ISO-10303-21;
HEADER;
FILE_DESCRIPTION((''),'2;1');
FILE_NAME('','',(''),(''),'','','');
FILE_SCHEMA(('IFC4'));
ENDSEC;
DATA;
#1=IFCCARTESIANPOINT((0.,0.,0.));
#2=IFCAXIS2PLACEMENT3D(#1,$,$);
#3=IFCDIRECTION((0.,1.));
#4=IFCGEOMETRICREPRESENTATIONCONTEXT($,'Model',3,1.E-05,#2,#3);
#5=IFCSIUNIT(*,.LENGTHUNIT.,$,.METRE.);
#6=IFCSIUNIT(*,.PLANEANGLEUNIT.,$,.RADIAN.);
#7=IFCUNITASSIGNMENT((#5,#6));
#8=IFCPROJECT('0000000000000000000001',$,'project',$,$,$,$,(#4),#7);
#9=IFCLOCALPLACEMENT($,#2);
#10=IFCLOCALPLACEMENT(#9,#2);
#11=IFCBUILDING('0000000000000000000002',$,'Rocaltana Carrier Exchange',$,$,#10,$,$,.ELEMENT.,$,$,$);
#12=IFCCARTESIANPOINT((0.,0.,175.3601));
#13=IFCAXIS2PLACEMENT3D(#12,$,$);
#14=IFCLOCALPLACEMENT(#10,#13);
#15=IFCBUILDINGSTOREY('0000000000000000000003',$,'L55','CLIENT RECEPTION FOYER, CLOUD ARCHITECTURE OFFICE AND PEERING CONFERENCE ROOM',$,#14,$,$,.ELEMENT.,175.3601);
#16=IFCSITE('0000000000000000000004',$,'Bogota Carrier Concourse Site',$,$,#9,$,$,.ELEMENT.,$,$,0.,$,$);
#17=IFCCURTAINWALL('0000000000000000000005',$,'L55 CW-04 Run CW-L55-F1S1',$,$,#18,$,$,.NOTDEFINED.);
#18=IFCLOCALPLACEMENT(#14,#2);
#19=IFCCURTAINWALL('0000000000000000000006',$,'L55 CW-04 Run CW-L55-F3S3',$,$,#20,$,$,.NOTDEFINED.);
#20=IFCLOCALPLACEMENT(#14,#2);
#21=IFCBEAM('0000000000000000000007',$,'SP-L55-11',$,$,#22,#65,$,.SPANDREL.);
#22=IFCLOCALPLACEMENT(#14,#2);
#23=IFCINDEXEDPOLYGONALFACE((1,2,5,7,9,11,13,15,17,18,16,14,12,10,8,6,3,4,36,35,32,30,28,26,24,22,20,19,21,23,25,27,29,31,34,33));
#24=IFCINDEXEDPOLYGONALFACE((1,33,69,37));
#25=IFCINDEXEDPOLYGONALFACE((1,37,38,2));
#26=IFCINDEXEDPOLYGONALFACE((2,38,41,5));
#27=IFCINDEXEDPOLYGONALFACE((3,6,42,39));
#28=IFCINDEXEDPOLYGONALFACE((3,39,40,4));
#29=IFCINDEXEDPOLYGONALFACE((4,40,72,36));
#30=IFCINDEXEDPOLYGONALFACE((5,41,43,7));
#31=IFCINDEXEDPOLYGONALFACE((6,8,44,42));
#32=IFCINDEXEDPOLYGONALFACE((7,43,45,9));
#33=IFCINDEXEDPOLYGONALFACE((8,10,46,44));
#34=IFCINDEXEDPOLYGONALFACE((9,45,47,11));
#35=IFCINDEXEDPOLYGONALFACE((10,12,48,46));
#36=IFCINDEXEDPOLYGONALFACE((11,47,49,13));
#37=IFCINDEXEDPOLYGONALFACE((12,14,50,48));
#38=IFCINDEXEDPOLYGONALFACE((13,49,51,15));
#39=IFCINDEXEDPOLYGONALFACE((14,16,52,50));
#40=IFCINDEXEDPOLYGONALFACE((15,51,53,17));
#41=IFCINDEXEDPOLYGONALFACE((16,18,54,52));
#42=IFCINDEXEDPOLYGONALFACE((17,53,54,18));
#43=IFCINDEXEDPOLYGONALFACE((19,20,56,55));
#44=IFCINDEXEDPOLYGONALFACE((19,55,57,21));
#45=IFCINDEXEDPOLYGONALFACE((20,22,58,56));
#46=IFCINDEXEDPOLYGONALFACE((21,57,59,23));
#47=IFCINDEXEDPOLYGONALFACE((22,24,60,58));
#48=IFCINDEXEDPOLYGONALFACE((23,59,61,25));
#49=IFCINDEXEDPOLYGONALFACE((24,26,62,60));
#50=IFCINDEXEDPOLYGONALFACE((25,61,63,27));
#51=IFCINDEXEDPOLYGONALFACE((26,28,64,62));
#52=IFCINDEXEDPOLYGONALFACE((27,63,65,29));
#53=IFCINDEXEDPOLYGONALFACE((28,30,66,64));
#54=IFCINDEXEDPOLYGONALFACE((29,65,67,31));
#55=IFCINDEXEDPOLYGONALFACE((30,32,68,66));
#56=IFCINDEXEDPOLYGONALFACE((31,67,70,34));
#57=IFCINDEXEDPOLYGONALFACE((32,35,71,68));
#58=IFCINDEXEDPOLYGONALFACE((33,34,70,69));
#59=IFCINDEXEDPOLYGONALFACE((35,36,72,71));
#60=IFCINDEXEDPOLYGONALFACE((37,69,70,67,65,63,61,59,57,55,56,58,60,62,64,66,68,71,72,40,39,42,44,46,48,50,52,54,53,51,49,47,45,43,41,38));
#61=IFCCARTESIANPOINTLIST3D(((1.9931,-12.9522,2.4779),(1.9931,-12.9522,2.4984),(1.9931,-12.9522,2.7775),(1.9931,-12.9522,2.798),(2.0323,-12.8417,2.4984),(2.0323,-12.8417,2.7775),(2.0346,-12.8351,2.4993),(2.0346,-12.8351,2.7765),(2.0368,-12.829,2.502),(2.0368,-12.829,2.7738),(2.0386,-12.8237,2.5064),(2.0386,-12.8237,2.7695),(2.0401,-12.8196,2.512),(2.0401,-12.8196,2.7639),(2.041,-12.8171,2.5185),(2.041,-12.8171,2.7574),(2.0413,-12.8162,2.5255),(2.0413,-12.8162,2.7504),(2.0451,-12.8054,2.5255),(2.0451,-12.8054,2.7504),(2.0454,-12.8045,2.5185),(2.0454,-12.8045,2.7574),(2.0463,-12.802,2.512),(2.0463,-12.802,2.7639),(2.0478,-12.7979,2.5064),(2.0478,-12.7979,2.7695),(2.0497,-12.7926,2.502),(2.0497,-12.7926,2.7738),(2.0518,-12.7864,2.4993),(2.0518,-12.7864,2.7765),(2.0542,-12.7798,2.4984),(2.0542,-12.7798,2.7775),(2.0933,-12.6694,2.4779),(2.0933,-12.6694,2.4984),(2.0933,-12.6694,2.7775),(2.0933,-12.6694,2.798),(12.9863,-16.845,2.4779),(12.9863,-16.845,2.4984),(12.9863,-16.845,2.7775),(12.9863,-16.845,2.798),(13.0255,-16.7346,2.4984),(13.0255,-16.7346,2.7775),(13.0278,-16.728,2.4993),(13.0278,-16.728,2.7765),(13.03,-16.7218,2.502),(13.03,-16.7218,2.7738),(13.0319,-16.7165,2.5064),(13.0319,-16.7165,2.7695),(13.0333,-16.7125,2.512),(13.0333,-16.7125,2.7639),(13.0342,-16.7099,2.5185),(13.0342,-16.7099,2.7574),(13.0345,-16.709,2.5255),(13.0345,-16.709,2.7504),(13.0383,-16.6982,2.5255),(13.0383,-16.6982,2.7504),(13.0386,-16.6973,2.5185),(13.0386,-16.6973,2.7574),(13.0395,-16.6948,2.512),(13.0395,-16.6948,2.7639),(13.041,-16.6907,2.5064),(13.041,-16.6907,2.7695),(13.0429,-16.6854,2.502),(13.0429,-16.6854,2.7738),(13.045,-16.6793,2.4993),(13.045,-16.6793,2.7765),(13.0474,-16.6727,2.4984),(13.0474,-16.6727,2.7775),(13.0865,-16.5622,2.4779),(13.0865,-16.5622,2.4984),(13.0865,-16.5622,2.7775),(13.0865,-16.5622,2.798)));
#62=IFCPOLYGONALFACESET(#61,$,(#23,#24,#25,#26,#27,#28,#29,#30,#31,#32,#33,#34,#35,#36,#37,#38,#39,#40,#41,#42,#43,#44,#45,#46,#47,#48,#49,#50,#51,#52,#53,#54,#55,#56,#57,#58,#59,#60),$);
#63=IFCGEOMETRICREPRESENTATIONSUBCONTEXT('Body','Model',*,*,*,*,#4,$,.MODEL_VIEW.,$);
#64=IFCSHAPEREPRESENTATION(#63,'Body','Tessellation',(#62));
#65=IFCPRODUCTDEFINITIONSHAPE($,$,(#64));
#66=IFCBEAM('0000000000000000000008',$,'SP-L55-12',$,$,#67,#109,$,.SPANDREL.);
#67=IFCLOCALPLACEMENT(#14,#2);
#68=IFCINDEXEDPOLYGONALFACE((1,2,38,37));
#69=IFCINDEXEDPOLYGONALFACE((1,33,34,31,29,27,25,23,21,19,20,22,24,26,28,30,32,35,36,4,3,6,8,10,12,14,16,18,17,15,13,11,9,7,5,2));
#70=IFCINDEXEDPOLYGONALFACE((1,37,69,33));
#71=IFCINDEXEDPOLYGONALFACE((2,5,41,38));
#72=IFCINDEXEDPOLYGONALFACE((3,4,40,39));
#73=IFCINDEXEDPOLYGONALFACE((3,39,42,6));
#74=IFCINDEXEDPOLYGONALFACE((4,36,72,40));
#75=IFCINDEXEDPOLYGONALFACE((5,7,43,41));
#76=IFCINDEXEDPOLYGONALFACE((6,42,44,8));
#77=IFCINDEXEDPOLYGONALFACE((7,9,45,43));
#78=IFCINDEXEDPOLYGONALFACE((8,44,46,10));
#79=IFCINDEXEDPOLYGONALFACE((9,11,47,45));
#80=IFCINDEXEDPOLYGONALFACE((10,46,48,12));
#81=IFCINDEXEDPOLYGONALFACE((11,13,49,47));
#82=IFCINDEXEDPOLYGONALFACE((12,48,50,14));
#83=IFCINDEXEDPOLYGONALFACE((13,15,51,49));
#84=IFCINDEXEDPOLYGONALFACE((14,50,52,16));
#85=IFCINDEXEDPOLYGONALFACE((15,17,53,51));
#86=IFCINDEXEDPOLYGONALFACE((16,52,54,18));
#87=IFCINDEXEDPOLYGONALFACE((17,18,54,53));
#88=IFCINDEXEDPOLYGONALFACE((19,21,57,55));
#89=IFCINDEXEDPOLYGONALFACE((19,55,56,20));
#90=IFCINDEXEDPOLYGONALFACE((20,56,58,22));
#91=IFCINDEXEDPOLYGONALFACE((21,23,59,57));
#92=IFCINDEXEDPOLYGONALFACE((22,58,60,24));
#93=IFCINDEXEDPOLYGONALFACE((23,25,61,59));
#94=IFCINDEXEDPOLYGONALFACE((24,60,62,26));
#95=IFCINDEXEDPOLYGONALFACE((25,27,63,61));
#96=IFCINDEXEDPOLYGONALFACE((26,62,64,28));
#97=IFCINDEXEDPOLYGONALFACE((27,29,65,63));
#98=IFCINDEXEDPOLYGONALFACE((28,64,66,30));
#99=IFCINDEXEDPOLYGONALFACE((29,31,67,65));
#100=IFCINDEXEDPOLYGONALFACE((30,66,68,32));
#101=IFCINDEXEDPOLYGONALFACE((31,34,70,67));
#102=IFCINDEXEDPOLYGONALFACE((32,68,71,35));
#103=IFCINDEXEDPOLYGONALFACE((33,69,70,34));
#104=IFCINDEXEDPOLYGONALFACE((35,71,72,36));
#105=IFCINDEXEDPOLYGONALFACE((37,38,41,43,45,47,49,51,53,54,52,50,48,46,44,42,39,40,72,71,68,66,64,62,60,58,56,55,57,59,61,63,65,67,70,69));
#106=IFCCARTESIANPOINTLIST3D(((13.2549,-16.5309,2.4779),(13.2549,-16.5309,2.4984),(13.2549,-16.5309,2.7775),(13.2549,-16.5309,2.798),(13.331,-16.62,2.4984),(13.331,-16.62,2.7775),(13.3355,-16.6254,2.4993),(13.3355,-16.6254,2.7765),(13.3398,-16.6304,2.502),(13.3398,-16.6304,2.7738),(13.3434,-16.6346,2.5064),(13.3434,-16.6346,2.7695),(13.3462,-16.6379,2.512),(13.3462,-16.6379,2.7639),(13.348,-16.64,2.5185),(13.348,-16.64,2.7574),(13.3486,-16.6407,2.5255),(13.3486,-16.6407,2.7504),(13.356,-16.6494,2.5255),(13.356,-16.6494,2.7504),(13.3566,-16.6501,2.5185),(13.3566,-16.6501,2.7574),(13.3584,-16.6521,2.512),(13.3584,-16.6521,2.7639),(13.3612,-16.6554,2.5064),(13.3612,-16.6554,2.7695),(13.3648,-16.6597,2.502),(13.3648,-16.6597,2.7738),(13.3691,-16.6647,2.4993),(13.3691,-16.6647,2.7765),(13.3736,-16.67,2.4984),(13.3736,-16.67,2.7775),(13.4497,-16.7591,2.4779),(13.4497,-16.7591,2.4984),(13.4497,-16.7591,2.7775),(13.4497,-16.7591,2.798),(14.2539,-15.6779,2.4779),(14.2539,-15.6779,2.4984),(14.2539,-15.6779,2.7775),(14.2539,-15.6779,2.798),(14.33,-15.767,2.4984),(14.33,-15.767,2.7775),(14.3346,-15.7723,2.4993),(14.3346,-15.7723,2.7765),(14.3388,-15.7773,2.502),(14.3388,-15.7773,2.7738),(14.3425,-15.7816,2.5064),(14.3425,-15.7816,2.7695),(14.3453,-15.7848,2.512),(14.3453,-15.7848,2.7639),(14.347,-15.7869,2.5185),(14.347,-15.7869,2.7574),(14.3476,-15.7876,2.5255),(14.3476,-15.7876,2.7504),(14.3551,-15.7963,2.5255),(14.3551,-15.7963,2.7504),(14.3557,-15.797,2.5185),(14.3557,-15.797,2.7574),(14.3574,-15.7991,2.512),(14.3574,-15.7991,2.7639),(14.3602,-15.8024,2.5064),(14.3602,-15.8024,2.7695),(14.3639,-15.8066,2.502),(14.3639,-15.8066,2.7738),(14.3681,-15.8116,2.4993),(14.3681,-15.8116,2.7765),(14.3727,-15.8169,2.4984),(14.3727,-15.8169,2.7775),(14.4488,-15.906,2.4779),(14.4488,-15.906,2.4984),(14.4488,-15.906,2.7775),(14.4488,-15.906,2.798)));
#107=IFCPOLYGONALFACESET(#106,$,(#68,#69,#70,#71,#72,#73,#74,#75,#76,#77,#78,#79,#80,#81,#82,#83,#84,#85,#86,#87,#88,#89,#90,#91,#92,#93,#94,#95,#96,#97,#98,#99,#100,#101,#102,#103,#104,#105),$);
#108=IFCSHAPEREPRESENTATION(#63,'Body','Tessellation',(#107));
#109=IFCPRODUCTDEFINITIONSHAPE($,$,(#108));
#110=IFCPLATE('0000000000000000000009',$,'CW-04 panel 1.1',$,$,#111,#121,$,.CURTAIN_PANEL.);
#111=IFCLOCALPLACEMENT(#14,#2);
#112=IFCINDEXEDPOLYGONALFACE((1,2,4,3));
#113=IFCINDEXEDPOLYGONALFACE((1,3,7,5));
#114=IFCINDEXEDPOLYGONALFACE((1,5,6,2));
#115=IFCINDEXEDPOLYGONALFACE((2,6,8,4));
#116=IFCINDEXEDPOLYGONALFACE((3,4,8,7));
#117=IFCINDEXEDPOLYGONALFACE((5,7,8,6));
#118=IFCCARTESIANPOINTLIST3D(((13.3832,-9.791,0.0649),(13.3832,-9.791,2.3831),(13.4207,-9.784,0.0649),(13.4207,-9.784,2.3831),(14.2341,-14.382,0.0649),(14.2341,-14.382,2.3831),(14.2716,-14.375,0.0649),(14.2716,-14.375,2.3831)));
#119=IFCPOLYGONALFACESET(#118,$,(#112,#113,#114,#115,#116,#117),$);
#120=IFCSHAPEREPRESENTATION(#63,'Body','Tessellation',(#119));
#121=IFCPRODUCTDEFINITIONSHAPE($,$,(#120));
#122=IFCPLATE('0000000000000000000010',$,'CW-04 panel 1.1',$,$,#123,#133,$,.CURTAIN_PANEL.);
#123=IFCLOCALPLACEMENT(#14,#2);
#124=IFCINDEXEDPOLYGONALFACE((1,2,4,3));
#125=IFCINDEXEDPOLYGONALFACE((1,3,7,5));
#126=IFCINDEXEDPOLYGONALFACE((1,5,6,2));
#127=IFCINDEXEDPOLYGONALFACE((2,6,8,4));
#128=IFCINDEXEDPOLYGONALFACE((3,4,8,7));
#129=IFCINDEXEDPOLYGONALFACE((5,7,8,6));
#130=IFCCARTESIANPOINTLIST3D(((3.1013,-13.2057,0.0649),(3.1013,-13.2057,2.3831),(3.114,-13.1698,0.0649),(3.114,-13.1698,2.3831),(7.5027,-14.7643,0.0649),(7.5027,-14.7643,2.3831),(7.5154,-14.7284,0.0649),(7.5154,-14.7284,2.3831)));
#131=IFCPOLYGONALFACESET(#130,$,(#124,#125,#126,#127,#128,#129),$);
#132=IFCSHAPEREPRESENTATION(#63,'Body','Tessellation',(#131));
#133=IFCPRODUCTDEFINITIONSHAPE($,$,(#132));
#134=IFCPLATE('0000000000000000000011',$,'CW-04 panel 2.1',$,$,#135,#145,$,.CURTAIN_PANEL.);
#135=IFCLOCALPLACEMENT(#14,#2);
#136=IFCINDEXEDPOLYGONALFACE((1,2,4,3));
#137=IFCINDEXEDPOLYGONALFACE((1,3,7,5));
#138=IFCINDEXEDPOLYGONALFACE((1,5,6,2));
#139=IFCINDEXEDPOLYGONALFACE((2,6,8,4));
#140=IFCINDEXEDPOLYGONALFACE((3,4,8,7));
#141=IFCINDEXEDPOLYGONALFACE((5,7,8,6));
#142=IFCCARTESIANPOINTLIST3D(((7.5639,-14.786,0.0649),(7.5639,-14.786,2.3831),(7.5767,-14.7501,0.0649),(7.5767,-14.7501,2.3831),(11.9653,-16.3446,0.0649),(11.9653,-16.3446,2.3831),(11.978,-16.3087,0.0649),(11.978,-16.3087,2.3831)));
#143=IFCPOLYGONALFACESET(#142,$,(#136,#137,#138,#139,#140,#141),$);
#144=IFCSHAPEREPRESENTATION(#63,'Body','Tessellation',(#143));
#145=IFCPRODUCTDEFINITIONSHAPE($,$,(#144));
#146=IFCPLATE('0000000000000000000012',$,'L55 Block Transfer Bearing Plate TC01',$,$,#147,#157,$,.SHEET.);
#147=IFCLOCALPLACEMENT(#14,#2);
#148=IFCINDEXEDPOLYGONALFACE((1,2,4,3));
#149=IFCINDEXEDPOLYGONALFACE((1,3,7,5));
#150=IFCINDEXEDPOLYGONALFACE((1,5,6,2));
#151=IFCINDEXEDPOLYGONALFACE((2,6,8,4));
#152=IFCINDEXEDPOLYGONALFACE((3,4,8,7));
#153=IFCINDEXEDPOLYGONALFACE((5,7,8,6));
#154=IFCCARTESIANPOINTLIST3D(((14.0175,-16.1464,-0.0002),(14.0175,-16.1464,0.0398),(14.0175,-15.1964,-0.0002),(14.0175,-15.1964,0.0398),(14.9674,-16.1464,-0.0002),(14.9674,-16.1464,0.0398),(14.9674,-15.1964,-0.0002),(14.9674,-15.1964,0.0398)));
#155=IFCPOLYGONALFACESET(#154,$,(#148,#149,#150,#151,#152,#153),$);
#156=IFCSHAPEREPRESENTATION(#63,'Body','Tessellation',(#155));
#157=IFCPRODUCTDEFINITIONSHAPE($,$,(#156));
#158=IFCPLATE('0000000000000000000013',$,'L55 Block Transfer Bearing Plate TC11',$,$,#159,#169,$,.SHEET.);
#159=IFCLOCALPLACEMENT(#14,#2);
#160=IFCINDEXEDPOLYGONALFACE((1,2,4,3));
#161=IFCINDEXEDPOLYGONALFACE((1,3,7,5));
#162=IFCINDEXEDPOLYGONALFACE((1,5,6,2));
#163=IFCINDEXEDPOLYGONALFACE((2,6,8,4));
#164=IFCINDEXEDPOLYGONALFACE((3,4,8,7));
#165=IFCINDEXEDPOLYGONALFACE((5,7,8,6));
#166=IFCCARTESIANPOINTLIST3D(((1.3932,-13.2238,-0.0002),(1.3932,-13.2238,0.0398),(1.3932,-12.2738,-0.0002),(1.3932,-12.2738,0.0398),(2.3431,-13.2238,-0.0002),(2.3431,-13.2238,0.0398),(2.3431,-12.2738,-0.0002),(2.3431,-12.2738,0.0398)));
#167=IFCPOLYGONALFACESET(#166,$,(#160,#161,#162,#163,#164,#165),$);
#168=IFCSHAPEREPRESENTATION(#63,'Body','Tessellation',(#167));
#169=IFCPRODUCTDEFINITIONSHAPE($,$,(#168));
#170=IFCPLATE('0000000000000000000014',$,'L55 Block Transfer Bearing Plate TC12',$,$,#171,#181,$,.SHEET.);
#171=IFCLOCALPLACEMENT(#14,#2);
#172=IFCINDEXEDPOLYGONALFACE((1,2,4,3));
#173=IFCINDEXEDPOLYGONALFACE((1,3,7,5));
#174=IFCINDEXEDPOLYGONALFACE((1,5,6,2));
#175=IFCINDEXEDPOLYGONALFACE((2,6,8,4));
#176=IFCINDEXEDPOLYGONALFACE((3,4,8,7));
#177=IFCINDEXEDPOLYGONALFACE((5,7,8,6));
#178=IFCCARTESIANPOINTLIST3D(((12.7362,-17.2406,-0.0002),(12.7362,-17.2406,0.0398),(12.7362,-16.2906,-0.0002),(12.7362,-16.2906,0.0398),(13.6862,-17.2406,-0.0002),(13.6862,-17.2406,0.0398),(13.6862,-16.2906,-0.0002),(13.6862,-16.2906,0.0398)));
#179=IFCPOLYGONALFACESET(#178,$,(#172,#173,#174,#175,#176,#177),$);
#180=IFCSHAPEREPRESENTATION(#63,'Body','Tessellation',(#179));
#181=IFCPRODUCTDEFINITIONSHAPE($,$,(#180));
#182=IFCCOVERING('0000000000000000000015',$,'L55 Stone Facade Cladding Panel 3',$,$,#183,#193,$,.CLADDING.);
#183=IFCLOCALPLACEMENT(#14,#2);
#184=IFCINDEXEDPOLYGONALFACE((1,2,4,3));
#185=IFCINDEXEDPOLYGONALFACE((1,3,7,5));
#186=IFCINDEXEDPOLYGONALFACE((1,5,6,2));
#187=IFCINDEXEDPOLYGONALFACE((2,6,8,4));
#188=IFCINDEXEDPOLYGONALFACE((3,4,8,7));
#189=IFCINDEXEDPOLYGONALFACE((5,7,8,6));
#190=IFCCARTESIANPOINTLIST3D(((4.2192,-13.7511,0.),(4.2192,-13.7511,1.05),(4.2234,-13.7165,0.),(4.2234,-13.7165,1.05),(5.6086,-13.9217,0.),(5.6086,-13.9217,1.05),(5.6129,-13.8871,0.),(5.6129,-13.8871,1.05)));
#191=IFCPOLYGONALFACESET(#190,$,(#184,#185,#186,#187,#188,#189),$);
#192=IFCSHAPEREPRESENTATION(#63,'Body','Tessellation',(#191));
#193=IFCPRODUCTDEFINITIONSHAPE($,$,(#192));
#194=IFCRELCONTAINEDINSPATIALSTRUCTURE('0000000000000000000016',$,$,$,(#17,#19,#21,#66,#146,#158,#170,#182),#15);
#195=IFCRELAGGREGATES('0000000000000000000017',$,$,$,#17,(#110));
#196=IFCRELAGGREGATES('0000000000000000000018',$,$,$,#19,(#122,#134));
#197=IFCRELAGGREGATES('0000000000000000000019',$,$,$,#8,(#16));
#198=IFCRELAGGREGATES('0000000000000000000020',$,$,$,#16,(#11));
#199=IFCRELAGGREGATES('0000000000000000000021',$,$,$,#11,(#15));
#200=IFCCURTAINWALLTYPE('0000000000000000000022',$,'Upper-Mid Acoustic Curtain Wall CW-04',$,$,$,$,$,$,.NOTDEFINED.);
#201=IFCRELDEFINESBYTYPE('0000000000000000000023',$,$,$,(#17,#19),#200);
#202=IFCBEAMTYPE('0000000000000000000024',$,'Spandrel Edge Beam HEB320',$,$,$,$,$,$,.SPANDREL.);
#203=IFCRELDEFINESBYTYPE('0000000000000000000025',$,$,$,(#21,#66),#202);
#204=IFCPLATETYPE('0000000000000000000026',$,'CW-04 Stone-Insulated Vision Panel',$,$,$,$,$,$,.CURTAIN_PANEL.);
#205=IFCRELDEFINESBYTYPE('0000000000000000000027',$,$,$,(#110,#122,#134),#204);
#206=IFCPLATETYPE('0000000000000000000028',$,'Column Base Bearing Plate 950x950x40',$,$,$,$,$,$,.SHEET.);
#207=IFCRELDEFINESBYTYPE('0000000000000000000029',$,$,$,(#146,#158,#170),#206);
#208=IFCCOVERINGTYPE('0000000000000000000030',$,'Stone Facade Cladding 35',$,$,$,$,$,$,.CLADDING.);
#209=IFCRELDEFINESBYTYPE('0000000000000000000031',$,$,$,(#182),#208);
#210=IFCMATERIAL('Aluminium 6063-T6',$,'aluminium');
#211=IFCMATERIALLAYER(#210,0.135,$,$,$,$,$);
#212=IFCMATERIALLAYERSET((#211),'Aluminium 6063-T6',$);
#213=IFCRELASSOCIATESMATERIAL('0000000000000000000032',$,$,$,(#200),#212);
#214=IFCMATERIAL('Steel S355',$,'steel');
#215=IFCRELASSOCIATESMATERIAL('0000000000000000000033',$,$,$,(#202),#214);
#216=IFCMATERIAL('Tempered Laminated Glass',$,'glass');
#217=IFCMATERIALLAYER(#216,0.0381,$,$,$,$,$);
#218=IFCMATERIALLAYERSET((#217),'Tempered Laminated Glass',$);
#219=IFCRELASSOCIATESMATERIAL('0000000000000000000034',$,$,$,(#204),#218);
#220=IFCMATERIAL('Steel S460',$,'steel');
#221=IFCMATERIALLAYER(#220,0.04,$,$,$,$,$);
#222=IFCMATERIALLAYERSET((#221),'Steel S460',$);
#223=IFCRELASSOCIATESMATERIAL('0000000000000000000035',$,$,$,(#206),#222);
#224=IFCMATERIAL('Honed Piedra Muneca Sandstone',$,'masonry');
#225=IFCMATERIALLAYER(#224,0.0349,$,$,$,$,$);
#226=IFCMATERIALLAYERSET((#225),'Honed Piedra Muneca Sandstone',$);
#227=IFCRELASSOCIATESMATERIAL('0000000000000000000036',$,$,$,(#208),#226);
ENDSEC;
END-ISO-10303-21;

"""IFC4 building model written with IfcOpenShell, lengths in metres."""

from ifc_helpers import new_model, si_unit, direction, frame, origin, origin_2d, place, context, subcontext, project, spatial, rectangle, i_section, extrude, material, layer, layer_set, material_profile, profile_set, type_object, element, aggregate, save


model = new_model("IFC4")

# Units and contexts
model_context = context("Model", 3, precision=1e-05, world=origin(), true_north=direction((0.0, 1.0)))
body_context = subcontext(model_context, "Body", "Model", "MODEL_VIEW")
ifc_project = project(units=[si_unit("LENGTHUNIT", "METRE"), si_unit("PLANEANGLEUNIT", "RADIAN")], contexts=[model_context])

# Site, building, storey
site_placement = place(None, origin())
site = spatial("IfcSite", under=ifc_project, at=site_placement, Name="Bogota Carrier Concourse Site", CompositionType="ELEMENT", RefElevation=0.0)
building_placement = place(site_placement, origin())
building = spatial("IfcBuilding", under=site, at=building_placement, Name="Rocaltana Carrier Exchange", CompositionType="ELEMENT")
storey_placement = place(building_placement, frame((0.0, 0.0, 175.3601)))
storey = spatial("IfcBuildingStorey", under=building, at=storey_placement, Name="L55", Description="CLIENT RECEPTION FOYER, CLOUD ARCHITECTURE OFFICE AND PEERING CONFERENCE ROOM", CompositionType="ELEMENT", Elevation=175.3601)

# Curtain wall
ifc_material_1 = material(Name="Aluminium 6063-T6", Category="aluminium")
ifc_layer_1 = layer(ifc_material_1, 0.135)
ifc_layer_set_1 = layer_set([ifc_layer_1], Name="Aluminium 6063-T6")
curtain_wall_type = type_object("IfcCurtainWallType", Name="Upper-Mid Acoustic Curtain Wall CW-04", PredefinedType="NOTDEFINED", material=ifc_layer_set_1)
curtain_wall_1_placement = place(storey_placement, origin())
curtain_wall_1 = element("IfcCurtainWall", 1, at=curtain_wall_1_placement, inside=storey, type_object=curtain_wall_type, Name="L55 CW-04 Run CW-L55-F1S1", PredefinedType="NOTDEFINED")

# Curtain wall
curtain_wall_2_placement = place(storey_placement, origin())
curtain_wall_2 = element("IfcCurtainWall", 2, at=curtain_wall_2_placement, inside=storey, type_object=curtain_wall_type, Name="L55 CW-04 Run CW-L55-F3S3", PredefinedType="NOTDEFINED")

# Beams
ifc_material_2 = material(Name="Steel S355", Category="steel")
ifc_material_profile_1 = material_profile(ifc_material_2, i_section(OverallWidth=0.3, OverallDepth=0.3201, WebThickness=0.0115, FlangeThickness=0.0205, FilletRadius=0.0271, at=origin_2d()), Name="HEB320")
ifc_profile_set_1 = profile_set([ifc_material_profile_1], Name="Steel S355")
beam_type_1 = type_object("IfcBeamType", Name="Spandrel Edge Beam HEB320", PredefinedType="SPANDREL", material=ifc_profile_set_1)
beam_1_placement = place(storey_placement, frame((2.0432, -12.8108, 2.6379), z_axis=(0.942643, -0.333802, 0.0), x_axis=(0.333802, 0.942643, 0.0)))
element("IfcBeam", 3, at=beam_1_placement, inside=storey, type_object=beam_type_1, Name="SP-L55-11", PredefinedType="SPANDREL", context=body_context, shape_type="SweptSolid", body=[
    extrude(i_section(OverallWidth=0.3, OverallDepth=0.3201, WebThickness=0.0115, FlangeThickness=0.0205, FilletRadius=0.0271, at=origin_2d()), origin(), (0.0, 0.0, 1.0), 11.6621),
])
beam_2_placement = place(storey_placement, frame((13.3523, -16.645, 2.6379), z_axis=(0.760488, 0.649352, 0.0), x_axis=(-0.649352, 0.760488, 0.0)))
element("IfcBeam", 4, at=beam_2_placement, inside=storey, type_object=beam_type_1, Name="SP-L55-12", PredefinedType="SPANDREL", context=body_context, shape_type="SweptSolid", body=[
    extrude(i_section(OverallWidth=0.3, OverallDepth=0.3201, WebThickness=0.0115, FlangeThickness=0.0205, FilletRadius=0.0271, at=origin_2d()), origin(), (0.0, 0.0, 1.0), 1.3137),
])

# Plates
ifc_material_3 = material(Name="Tempered Laminated Glass", Category="glass")
ifc_layer_2 = layer(ifc_material_3, 0.0381)
ifc_layer_set_2 = layer_set([ifc_layer_2], Name="Tempered Laminated Glass")
plate_type_1 = type_object("IfcPlateType", Name="CW-04 Stone-Insulated Vision Panel", PredefinedType="CURTAIN_PANEL", material=ifc_layer_set_2)
plate_1_placement = place(storey_placement, frame((13.8274, -12.083, 0.0649), z_axis=(0.0, 0.0, 1.0), x_axis=(-0.182234, 0.983255, 0.0)))
plate_1 = element("IfcPlate", 5, at=plate_1_placement, type_object=plate_type_1, Name="CW-04 panel 1.1", PredefinedType="CURTAIN_PANEL", context=body_context, shape_type="SweptSolid", body=[
    extrude(rectangle(XDim=4.6692, YDim=0.0381, at=origin_2d()), origin(), (0.0, 0.0, 1.0), 2.3181),
])
aggregate(curtain_wall_1, [plate_1])
plate_2_placement = place(storey_placement, frame((5.3083, -13.967, 0.0649), z_axis=(0.0, 0.0, 1.0), x_axis=(0.942644, -0.333799, 0.0)))
plate_2 = element("IfcPlate", 6, at=plate_2_placement, type_object=plate_type_1, Name="CW-04 panel 1.1", PredefinedType="CURTAIN_PANEL", context=body_context, shape_type="SweptSolid", body=[
    extrude(rectangle(XDim=4.6692, YDim=0.0381, at=origin_2d()), origin(), (0.0, 0.0, 1.0), 2.3181),
])
plate_3_placement = place(storey_placement, frame((9.771, -15.5474, 0.0649), z_axis=(0.0, 0.0, 1.0), x_axis=(0.942644, -0.333799, 0.0)))
plate_3 = element("IfcPlate", 7, at=plate_3_placement, type_object=plate_type_1, Name="CW-04 panel 2.1", PredefinedType="CURTAIN_PANEL", context=body_context, shape_type="SweptSolid", body=[
    extrude(rectangle(XDim=4.6692, YDim=0.0381, at=origin_2d()), origin(), (0.0, 0.0, 1.0), 2.3181),
])
aggregate(curtain_wall_2, [plate_2, plate_3])

# Plates
ifc_material_4 = material(Name="Steel S460", Category="steel")
ifc_layer_3 = layer(ifc_material_4, 0.04)
ifc_layer_set_3 = layer_set([ifc_layer_3], Name="Steel S460")
plate_type_2 = type_object("IfcPlateType", Name="Column Base Bearing Plate 950x950x40", PredefinedType="SHEET", material=ifc_layer_set_3)
for number, where, z_axis, x_axis, name in (
    (8, (14.4924, -15.6714, -0.0002), (0.0, 0.0, 1.0), (1.0, 0.0, 0.0), "L55 Block Transfer Bearing Plate TC01"),
    (9, (1.8682, -12.7488, -0.0002), (0.0, 0.0, 1.0), (1.0, 0.0, 0.0), "L55 Block Transfer Bearing Plate TC11"),
    (10, (13.2112, -16.7656, -0.0002), (0.0, 0.0, 1.0), (1.0, 0.0, 0.0), "L55 Block Transfer Bearing Plate TC12"),
):
    element("IfcPlate", number, at=place(storey_placement, frame(where, z_axis=z_axis, x_axis=x_axis)), inside=storey, type_object=plate_type_2, Name=name, PredefinedType="SHEET", context=body_context, shape_type="SweptSolid", body=[
        extrude(rectangle(XDim=0.95, YDim=0.95, at=origin_2d()), origin(), (0.0, 0.0, 1.0), 0.04),
    ])

# Covering
ifc_material_5 = material(Name="Honed Piedra Muneca Sandstone", Category="masonry")
ifc_layer_4 = layer(ifc_material_5, 0.0349)
ifc_layer_set_4 = layer_set([ifc_layer_4], Name="Honed Piedra Muneca Sandstone")
covering_type = type_object("IfcCoveringType", Name="Stone Facade Cladding 35", PredefinedType="CLADDING", material=ifc_layer_set_4)
covering_placement = place(storey_placement, frame((4.916, -13.8191, 0.0), z_axis=(0.0, 0.0, 1.0), x_axis=(-0.992546, 0.121869, 0.0)))
element("IfcCovering", 11, at=covering_placement, inside=storey, type_object=covering_type, Name="L55 Stone Facade Cladding Panel 3", PredefinedType="CLADDING", context=body_context, shape_type="SweptSolid", body=[
    extrude(rectangle(XDim=1.3999, YDim=0.0349, at=origin_2d()), origin(), (0.0, 0.0, 1.0), 1.05),
])

save(model, "model.ifc")
